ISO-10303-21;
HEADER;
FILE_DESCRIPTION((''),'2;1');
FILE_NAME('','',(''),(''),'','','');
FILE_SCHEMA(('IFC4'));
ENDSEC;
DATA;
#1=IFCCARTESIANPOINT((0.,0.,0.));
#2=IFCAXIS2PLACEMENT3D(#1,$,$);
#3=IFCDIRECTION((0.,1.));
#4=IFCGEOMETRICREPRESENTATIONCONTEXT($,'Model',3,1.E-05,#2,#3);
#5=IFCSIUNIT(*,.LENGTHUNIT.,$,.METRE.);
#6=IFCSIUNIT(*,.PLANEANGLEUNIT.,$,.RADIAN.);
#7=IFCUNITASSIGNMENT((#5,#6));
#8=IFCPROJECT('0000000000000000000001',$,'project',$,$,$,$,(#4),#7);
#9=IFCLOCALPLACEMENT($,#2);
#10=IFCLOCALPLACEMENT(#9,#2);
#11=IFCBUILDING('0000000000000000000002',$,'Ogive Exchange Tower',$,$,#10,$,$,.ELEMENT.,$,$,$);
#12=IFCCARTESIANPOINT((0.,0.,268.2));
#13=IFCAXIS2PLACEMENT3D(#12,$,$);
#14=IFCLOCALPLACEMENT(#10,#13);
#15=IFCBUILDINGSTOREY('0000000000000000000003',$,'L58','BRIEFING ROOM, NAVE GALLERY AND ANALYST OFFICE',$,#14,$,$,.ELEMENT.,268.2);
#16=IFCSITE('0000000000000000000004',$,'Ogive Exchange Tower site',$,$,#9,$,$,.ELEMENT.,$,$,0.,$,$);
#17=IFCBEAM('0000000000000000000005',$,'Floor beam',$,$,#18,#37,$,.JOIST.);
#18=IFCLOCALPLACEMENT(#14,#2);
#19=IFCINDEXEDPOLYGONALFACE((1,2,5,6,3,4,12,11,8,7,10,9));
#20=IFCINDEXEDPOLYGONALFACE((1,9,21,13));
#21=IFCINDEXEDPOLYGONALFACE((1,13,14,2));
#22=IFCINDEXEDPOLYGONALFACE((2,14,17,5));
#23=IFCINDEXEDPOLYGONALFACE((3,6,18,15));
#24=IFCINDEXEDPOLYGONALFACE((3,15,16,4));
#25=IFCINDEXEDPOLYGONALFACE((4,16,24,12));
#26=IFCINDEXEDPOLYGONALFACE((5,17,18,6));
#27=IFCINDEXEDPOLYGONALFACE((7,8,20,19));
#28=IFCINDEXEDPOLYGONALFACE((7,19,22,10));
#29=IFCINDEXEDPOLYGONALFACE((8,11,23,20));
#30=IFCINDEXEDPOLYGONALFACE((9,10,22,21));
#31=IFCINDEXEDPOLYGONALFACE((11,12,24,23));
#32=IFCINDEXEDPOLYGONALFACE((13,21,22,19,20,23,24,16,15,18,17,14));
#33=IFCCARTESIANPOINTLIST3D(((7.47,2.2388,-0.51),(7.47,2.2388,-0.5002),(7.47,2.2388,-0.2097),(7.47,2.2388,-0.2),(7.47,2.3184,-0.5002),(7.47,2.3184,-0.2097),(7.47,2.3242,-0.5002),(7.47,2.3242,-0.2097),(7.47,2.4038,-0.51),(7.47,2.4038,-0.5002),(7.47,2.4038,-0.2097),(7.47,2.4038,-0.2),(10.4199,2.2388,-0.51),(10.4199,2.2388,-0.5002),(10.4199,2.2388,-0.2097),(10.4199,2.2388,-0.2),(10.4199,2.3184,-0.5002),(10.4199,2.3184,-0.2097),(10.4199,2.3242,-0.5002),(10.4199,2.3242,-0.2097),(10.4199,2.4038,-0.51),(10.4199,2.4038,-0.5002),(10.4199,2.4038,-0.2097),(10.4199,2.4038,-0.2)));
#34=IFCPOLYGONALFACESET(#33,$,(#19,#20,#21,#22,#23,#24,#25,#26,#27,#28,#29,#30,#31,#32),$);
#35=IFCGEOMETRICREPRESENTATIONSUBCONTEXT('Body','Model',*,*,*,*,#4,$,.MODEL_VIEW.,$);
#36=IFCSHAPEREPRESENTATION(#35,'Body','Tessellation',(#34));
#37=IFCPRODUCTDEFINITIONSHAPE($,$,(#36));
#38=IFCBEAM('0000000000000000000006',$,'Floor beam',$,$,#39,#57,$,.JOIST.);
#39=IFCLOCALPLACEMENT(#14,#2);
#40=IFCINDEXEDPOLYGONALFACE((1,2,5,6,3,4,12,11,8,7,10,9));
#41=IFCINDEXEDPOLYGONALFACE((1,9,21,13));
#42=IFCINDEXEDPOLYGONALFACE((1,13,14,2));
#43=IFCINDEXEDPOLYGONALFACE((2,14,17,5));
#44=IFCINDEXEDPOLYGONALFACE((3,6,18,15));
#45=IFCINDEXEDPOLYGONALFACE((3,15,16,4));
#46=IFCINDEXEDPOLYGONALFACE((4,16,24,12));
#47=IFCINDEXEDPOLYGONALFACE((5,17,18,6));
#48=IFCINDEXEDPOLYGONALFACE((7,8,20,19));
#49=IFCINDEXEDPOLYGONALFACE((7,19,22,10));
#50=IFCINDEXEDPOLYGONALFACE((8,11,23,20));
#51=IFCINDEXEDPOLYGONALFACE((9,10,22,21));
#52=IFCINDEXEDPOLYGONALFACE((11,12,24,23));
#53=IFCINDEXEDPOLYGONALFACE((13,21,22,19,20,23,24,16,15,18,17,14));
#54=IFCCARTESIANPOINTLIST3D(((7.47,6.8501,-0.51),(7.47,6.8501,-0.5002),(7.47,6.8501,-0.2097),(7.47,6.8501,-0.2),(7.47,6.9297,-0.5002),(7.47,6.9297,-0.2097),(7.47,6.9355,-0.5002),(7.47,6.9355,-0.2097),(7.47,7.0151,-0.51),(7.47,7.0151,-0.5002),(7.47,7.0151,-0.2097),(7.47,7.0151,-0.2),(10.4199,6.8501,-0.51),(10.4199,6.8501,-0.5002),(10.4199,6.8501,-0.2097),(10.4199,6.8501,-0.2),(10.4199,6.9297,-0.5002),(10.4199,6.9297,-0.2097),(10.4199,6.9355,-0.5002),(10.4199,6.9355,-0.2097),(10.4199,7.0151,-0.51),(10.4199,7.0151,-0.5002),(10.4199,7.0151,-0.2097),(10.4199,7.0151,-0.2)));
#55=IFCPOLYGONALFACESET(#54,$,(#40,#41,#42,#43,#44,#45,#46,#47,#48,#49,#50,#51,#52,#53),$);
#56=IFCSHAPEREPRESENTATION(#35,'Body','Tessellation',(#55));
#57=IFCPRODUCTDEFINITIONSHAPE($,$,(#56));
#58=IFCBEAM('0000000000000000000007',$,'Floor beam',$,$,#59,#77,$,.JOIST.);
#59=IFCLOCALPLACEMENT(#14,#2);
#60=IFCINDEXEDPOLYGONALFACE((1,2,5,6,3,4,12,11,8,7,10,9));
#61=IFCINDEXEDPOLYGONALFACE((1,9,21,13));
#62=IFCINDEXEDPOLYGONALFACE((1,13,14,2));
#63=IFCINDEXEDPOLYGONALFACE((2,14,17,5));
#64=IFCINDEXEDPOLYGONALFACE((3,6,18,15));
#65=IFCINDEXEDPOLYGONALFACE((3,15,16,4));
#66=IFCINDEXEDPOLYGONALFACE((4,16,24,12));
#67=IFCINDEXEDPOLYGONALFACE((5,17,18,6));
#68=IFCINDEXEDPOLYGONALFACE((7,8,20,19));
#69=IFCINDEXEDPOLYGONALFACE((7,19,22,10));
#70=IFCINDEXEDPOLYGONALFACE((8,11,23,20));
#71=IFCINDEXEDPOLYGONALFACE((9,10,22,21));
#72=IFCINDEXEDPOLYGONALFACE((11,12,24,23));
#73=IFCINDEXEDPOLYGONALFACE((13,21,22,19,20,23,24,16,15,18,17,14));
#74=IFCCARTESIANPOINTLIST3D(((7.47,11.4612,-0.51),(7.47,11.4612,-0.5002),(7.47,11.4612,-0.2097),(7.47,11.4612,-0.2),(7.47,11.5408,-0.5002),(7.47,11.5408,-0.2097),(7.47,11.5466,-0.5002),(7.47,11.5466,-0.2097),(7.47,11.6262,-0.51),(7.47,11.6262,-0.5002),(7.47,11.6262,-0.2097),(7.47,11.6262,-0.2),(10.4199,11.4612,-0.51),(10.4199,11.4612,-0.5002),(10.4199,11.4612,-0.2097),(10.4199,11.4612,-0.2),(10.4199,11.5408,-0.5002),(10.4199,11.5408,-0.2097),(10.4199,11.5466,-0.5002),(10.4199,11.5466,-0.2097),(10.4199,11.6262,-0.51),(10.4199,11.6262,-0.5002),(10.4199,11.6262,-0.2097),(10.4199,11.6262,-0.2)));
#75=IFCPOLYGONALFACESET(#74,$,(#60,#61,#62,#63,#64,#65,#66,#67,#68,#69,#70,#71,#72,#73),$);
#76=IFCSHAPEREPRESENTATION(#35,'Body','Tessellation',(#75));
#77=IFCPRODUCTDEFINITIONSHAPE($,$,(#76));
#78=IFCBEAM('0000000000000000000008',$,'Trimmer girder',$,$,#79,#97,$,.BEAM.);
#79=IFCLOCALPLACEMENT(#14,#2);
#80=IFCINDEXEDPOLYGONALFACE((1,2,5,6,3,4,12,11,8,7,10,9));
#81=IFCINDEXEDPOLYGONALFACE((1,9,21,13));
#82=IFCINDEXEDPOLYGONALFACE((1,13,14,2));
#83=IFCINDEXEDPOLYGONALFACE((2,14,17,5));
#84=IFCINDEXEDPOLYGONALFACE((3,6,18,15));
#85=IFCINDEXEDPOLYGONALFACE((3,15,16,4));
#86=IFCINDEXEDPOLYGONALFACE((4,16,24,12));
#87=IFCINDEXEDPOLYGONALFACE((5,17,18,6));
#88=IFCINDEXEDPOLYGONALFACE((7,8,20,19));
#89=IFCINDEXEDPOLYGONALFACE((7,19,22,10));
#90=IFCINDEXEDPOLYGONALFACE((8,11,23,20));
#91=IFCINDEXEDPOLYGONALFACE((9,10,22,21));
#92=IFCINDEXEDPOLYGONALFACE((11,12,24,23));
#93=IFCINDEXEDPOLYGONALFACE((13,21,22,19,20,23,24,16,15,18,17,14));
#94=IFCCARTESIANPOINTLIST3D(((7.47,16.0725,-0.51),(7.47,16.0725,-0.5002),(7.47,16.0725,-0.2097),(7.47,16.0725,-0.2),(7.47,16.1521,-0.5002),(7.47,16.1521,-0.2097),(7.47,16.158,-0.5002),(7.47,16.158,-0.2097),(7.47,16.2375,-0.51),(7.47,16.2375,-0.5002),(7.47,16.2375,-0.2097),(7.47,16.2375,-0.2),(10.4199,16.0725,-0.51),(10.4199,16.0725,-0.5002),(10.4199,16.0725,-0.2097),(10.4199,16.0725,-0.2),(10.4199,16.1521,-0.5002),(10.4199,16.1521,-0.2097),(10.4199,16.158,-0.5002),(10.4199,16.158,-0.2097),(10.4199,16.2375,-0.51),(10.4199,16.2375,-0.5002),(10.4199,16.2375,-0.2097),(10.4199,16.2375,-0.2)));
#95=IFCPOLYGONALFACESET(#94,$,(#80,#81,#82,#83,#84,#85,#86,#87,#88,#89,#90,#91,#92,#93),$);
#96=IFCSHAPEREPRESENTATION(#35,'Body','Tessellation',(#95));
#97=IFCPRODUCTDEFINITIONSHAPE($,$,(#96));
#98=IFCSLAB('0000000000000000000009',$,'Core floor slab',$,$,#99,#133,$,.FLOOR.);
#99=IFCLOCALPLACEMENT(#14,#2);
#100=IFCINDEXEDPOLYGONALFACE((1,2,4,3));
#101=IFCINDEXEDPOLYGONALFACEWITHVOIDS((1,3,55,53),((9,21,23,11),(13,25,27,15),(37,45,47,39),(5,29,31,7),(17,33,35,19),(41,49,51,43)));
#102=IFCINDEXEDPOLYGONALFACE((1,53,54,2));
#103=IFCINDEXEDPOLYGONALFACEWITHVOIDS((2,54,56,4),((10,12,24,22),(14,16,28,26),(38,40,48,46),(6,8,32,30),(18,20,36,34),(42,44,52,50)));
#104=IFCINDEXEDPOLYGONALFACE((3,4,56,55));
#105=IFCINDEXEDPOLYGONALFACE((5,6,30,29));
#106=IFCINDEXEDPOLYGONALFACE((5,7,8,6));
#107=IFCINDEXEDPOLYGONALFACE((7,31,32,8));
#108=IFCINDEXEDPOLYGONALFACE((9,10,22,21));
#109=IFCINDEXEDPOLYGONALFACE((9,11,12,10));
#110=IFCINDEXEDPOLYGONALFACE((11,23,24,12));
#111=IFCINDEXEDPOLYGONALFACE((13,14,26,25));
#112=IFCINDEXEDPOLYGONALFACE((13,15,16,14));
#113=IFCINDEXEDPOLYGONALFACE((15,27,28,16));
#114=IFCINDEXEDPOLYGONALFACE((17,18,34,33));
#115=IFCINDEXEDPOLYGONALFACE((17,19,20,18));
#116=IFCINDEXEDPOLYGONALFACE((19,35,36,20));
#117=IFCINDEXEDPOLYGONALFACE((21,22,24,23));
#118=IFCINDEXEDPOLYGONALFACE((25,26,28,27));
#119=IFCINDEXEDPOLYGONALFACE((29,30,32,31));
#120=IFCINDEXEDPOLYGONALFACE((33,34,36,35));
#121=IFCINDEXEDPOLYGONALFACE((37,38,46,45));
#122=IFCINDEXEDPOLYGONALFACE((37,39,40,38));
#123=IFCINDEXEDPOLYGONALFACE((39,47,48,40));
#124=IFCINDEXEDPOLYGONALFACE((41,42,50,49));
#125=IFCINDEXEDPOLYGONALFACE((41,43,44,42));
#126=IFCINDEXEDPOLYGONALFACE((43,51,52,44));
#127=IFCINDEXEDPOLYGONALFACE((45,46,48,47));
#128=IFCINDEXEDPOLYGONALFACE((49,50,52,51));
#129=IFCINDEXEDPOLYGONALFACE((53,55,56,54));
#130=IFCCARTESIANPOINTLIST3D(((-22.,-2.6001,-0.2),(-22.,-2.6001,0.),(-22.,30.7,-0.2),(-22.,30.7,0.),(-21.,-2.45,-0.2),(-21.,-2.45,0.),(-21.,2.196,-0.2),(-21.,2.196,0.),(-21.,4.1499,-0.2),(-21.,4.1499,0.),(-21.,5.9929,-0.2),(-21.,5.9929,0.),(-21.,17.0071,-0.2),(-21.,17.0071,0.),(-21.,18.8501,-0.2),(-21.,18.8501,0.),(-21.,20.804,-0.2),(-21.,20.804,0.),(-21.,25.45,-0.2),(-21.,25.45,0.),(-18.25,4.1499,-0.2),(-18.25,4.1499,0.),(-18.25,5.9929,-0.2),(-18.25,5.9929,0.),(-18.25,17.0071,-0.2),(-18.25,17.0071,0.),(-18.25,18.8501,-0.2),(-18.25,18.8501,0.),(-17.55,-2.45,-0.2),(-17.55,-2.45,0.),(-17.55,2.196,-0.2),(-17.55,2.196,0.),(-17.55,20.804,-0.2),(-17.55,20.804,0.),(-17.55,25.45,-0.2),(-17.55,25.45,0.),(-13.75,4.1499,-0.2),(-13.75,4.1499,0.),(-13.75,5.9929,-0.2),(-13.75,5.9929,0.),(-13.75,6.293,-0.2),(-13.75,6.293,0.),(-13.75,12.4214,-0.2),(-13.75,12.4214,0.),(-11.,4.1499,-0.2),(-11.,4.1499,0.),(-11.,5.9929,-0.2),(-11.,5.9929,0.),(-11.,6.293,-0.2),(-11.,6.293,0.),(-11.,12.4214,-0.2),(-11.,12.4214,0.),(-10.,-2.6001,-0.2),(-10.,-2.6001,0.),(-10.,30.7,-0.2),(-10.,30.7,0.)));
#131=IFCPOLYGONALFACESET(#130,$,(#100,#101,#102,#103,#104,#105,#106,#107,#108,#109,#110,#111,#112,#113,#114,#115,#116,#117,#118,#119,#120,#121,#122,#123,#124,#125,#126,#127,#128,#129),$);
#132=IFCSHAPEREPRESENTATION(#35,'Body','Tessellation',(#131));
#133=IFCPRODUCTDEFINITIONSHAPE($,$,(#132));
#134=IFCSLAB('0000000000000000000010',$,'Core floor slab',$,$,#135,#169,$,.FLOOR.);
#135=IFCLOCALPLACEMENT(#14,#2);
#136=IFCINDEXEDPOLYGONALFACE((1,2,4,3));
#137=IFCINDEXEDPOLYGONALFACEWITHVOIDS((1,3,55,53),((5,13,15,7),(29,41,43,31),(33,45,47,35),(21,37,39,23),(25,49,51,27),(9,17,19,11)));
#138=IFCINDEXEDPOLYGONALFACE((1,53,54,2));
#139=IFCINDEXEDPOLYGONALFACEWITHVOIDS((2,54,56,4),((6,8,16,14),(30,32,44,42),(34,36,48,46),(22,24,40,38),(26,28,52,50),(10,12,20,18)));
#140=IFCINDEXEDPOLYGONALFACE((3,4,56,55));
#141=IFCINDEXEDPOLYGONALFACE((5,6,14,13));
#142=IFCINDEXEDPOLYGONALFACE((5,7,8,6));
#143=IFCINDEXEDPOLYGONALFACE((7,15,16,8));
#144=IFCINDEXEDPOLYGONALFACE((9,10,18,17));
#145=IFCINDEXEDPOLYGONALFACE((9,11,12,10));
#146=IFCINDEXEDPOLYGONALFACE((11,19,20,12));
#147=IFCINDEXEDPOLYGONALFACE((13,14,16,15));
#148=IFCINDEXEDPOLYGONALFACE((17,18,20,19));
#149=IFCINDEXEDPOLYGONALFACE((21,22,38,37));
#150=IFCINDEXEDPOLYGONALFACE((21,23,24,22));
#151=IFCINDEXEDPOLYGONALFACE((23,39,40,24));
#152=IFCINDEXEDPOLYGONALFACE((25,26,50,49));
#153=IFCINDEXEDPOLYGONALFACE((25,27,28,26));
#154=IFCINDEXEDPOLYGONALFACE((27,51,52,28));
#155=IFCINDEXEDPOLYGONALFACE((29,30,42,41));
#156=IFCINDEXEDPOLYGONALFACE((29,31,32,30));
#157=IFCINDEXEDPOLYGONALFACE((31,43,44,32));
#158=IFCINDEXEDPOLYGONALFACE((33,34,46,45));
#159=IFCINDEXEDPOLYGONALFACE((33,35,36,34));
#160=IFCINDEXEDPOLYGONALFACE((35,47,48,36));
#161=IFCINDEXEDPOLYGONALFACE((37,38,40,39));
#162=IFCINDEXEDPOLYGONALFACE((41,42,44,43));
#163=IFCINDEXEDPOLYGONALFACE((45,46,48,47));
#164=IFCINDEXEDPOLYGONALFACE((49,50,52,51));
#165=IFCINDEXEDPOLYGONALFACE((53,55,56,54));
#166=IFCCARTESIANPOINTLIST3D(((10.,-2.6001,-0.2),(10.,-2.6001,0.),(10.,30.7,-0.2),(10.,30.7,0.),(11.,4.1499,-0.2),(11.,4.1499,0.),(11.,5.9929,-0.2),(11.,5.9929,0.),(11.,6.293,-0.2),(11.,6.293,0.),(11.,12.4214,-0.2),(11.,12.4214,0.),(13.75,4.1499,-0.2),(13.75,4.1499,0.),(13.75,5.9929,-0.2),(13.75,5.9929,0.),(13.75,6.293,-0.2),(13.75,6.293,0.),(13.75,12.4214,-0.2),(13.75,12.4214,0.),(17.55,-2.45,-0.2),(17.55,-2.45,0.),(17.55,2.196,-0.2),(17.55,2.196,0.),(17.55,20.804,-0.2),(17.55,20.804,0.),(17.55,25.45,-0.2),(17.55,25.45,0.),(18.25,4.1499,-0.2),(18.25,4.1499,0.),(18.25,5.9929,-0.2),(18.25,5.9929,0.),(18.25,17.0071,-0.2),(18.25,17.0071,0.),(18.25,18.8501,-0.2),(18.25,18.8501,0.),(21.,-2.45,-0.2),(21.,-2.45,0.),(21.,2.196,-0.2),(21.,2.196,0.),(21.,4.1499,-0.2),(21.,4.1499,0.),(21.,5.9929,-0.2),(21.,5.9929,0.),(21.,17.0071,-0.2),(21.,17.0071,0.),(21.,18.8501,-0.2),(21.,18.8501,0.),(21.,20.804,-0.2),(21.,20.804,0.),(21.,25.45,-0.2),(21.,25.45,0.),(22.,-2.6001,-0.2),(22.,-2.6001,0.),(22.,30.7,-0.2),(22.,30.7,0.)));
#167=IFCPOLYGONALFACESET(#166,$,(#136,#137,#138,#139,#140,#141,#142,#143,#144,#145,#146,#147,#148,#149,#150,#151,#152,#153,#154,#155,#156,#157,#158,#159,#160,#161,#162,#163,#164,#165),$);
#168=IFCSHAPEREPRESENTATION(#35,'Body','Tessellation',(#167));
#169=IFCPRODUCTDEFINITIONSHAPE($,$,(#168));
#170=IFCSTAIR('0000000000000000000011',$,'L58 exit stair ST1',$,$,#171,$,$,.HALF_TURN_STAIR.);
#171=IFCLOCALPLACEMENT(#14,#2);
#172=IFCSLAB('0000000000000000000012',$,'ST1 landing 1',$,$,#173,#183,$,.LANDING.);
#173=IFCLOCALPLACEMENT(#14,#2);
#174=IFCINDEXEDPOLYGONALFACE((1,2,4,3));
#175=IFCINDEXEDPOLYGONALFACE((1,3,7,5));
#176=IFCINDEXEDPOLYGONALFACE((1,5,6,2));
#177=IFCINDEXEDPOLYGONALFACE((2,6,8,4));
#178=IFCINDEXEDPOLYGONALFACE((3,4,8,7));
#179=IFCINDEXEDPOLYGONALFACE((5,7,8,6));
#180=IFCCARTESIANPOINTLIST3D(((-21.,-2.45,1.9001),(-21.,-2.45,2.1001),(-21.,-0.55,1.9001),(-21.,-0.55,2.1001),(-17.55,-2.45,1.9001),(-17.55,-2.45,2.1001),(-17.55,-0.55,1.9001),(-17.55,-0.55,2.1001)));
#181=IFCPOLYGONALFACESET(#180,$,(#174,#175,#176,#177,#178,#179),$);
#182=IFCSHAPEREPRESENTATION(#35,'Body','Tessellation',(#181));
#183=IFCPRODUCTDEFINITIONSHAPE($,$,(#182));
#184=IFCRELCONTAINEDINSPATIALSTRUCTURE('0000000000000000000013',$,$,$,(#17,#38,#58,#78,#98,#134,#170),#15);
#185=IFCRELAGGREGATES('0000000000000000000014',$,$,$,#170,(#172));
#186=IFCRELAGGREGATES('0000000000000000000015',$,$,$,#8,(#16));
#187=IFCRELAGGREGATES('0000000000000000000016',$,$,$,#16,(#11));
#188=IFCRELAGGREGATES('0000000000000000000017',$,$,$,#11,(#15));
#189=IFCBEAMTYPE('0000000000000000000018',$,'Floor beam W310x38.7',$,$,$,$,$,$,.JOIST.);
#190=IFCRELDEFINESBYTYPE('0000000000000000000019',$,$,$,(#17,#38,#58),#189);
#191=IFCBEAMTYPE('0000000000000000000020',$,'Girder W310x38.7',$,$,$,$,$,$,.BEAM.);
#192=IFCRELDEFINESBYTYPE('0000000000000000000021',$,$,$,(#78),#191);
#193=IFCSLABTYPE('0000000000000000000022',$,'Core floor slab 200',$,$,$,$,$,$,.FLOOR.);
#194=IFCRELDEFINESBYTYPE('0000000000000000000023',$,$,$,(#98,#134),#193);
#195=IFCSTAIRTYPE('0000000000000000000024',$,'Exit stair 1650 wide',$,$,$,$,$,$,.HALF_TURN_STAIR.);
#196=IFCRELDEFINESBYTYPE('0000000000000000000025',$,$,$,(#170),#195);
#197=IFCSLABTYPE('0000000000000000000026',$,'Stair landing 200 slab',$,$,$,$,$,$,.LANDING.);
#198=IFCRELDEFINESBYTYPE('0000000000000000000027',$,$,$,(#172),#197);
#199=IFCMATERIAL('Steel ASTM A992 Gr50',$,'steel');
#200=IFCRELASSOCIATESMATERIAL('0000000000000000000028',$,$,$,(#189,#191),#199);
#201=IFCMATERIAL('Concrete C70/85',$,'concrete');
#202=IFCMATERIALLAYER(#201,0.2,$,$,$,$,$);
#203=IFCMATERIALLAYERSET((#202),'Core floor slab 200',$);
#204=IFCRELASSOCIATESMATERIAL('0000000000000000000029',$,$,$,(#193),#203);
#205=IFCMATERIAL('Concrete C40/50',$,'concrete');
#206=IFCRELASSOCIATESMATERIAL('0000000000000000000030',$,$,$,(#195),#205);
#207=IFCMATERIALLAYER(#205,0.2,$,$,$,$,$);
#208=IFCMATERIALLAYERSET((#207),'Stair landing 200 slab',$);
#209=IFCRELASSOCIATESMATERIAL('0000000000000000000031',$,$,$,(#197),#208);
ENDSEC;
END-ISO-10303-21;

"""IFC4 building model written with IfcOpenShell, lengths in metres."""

from ifc_helpers import new_model, si_unit, direction, frame, origin, origin_2d, place, context, subcontext, project, spatial, polyline, i_section, outline, extrude, material, layer, layer_set, material_profile, profile_set, type_object, element, aggregate, save


model = new_model("IFC4")

# Units and contexts
model_context = context("Model", 3, precision=1e-05, world=origin(), true_north=direction((0.0, 1.0)))
body_context = subcontext(model_context, "Body", "Model", "MODEL_VIEW")
ifc_project = project(units=[si_unit("LENGTHUNIT", "METRE"), si_unit("PLANEANGLEUNIT", "RADIAN")], contexts=[model_context])

# Site, building, storey
site_placement = place(None, origin())
site = spatial("IfcSite", under=ifc_project, at=site_placement, Name="Ogive Exchange Tower site", CompositionType="ELEMENT", RefElevation=0.0)
building_placement = place(site_placement, origin())
building = spatial("IfcBuilding", under=site, at=building_placement, Name="Ogive Exchange Tower", CompositionType="ELEMENT")
storey_placement = place(building_placement, frame((0.0, 0.0, 268.2)))
storey = spatial("IfcBuildingStorey", under=building, at=storey_placement, Name="L58", Description="BRIEFING ROOM, NAVE GALLERY AND ANALYST OFFICE", CompositionType="ELEMENT", Elevation=268.2)

# Beams
ifc_material_1 = material(Name="Steel ASTM A992 Gr50", Category="steel")
ifc_material_profile_1 = material_profile(ifc_material_1, i_section(OverallWidth=0.165, OverallDepth=0.3101, WebThickness=0.0059, FlangeThickness=0.0098, at=origin_2d()), Name="W310x38.7")
ifc_profile_set_1 = profile_set([ifc_material_profile_1], Name="Steel ASTM A992 Gr50")
beam_type_1 = type_object("IfcBeamType", Name="Floor beam W310x38.7", PredefinedType="JOIST", material=ifc_profile_set_1)
for number, where, z_axis, x_axis, name in (
    (1, (7.47, 2.3213, -0.355), (1.0, 0.0, 0.0), (0.0, 1.0, 0.0), "Floor beam"),
    (2, (7.47, 6.9326, -0.355), (1.0, 0.0, 0.0), (0.0, 1.0, 0.0), "Floor beam"),
    (3, (7.47, 11.5437, -0.355), (1.0, 0.0, 0.0), (0.0, 1.0, 0.0), "Floor beam"),
):
    element("IfcBeam", number, at=place(storey_placement, frame(where, z_axis=z_axis, x_axis=x_axis)), inside=storey, type_object=beam_type_1, Name=name, PredefinedType="JOIST", context=body_context, shape_type="SweptSolid", body=[
        extrude(i_section(OverallWidth=0.165, OverallDepth=0.3101, WebThickness=0.0059, FlangeThickness=0.0098, at=origin_2d()), origin(), (0.0, 0.0, 1.0), 2.95),
    ])
ifc_material_profile_2 = material_profile(ifc_material_1, i_section(OverallWidth=0.165, OverallDepth=0.3101, WebThickness=0.0059, FlangeThickness=0.0098, at=origin_2d()), Name="W310x38.7")
ifc_profile_set_2 = profile_set([ifc_material_profile_2], Name="Steel ASTM A992 Gr50")
beam_type_2 = type_object("IfcBeamType", Name="Girder W310x38.7", PredefinedType="BEAM", material=ifc_profile_set_2)
beam_placement = place(storey_placement, frame((7.47, 16.155, -0.355), z_axis=(1.0, 0.0, 0.0), x_axis=(0.0, 1.0, 0.0)))
element("IfcBeam", 4, at=beam_placement, inside=storey, type_object=beam_type_2, Name="Trimmer girder", PredefinedType="BEAM", context=body_context, shape_type="SweptSolid", body=[
    extrude(i_section(OverallWidth=0.165, OverallDepth=0.3101, WebThickness=0.0059, FlangeThickness=0.0098, at=origin_2d()), origin(), (0.0, 0.0, 1.0), 2.95),
])

# Slabs
ifc_material_2 = material(Name="Concrete C70/85", Category="concrete")
ifc_layer_1 = layer(ifc_material_2, 0.2)
ifc_layer_set_1 = layer_set([ifc_layer_1], Name="Core floor slab 200")
slab_type_1 = type_object("IfcSlabType", Name="Core floor slab 200", PredefinedType="FLOOR", material=ifc_layer_set_1)
slab_1_placement = place(storey_placement, frame((0.0, 0.0, -0.2)))
element("IfcSlab", 5, at=slab_1_placement, inside=storey, type_object=slab_type_1, Name="Core floor slab", PredefinedType="FLOOR", context=body_context, shape_type="SweptSolid", body=[
    extrude(outline(polyline([(-22.0, -2.6001), (-22.0, 30.7), (-10.0, 30.7), (-10.0, -2.6001), (-22.0, -2.6001)]), holes=[polyline([(-17.55, 2.196), (-21.0, 2.196), (-21.0, -2.45), (-17.55, -2.45), (-17.55, 2.196)]), polyline([(-18.25, 5.9929), (-21.0, 5.9929), (-21.0, 4.1499), (-18.25, 4.1499), (-18.25, 5.9929)]), polyline([(-11.0, 5.9929), (-13.75, 5.9929), (-13.75, 4.1499), (-11.0, 4.1499), (-11.0, 5.9929)]), polyline([(-13.75, 12.4214), (-13.75, 6.293), (-11.0, 6.293), (-11.0, 12.4214), (-13.75, 12.4214)]), polyline([(-18.25, 18.8501), (-21.0, 18.8501), (-21.0, 17.0071), (-18.25, 17.0071), (-18.25, 18.8501)]), polyline([(-21.0, 25.45), (-21.0, 20.804), (-17.55, 20.804), (-17.55, 25.45), (-21.0, 25.45)])]), origin(), (0.0, 0.0, 1.0), 0.2),
])
slab_2_placement = place(storey_placement, frame((0.0, 0.0, -0.2)))
element("IfcSlab", 6, at=slab_2_placement, inside=storey, type_object=slab_type_1, Name="Core floor slab", PredefinedType="FLOOR", context=body_context, shape_type="SweptSolid", body=[
    extrude(outline(polyline([(10.0, -2.6001), (10.0, 30.7), (22.0, 30.7), (22.0, -2.6001), (10.0, -2.6001)]), holes=[polyline([(21.0, 2.196), (17.55, 2.196), (17.55, -2.45), (21.0, -2.45), (21.0, 2.196)]), polyline([(13.75, 5.9929), (11.0, 5.9929), (11.0, 4.1499), (13.75, 4.1499), (13.75, 5.9929)]), polyline([(21.0, 5.9929), (18.25, 5.9929), (18.25, 4.1499), (21.0, 4.1499), (21.0, 5.9929)]), polyline([(11.0, 12.4214), (11.0, 6.293), (13.75, 6.293), (13.75, 12.4214), (11.0, 12.4214)]), polyline([(21.0, 18.8501), (18.25, 18.8501), (18.25, 17.0071), (21.0, 17.0071), (21.0, 18.8501)]), polyline([(17.55, 25.45), (17.55, 20.804), (21.0, 20.804), (21.0, 25.45), (17.55, 25.45)])]), origin(), (0.0, 0.0, 1.0), 0.2),
])

# Stair, slab
ifc_material_3 = material(Name="Concrete C40/50", Category="concrete")
stair_type = type_object("IfcStairType", Name="Exit stair 1650 wide", PredefinedType="HALF_TURN_STAIR", material=ifc_material_3)
stair_1_placement = place(storey_placement, origin())
stair_1 = element("IfcStair", 7, at=stair_1_placement, inside=storey, type_object=stair_type, Name="L58 exit stair ST1", PredefinedType="HALF_TURN_STAIR")
ifc_layer_2 = layer(ifc_material_3, 0.2)
ifc_layer_set_2 = layer_set([ifc_layer_2], Name="Stair landing 200 slab")
slab_type_2 = type_object("IfcSlabType", Name="Stair landing 200 slab", PredefinedType="LANDING", material=ifc_layer_set_2)
slab_3_placement = place(storey_placement, frame((0.0, 0.0, 1.9001)))
slab_3 = element("IfcSlab", 8, at=slab_3_placement, type_object=slab_type_2, Name="ST1 landing 1", PredefinedType="LANDING", context=body_context, shape_type="SweptSolid", body=[
    extrude(outline(polyline([(-21.0, -0.55), (-21.0, -2.45), (-17.55, -2.45), (-17.55, -0.55), (-21.0, -0.55)])), origin(), (0.0, 0.0, 1.0), 0.2),
])
aggregate(stair_1, [slab_3])

save(model, "model.ifc")
